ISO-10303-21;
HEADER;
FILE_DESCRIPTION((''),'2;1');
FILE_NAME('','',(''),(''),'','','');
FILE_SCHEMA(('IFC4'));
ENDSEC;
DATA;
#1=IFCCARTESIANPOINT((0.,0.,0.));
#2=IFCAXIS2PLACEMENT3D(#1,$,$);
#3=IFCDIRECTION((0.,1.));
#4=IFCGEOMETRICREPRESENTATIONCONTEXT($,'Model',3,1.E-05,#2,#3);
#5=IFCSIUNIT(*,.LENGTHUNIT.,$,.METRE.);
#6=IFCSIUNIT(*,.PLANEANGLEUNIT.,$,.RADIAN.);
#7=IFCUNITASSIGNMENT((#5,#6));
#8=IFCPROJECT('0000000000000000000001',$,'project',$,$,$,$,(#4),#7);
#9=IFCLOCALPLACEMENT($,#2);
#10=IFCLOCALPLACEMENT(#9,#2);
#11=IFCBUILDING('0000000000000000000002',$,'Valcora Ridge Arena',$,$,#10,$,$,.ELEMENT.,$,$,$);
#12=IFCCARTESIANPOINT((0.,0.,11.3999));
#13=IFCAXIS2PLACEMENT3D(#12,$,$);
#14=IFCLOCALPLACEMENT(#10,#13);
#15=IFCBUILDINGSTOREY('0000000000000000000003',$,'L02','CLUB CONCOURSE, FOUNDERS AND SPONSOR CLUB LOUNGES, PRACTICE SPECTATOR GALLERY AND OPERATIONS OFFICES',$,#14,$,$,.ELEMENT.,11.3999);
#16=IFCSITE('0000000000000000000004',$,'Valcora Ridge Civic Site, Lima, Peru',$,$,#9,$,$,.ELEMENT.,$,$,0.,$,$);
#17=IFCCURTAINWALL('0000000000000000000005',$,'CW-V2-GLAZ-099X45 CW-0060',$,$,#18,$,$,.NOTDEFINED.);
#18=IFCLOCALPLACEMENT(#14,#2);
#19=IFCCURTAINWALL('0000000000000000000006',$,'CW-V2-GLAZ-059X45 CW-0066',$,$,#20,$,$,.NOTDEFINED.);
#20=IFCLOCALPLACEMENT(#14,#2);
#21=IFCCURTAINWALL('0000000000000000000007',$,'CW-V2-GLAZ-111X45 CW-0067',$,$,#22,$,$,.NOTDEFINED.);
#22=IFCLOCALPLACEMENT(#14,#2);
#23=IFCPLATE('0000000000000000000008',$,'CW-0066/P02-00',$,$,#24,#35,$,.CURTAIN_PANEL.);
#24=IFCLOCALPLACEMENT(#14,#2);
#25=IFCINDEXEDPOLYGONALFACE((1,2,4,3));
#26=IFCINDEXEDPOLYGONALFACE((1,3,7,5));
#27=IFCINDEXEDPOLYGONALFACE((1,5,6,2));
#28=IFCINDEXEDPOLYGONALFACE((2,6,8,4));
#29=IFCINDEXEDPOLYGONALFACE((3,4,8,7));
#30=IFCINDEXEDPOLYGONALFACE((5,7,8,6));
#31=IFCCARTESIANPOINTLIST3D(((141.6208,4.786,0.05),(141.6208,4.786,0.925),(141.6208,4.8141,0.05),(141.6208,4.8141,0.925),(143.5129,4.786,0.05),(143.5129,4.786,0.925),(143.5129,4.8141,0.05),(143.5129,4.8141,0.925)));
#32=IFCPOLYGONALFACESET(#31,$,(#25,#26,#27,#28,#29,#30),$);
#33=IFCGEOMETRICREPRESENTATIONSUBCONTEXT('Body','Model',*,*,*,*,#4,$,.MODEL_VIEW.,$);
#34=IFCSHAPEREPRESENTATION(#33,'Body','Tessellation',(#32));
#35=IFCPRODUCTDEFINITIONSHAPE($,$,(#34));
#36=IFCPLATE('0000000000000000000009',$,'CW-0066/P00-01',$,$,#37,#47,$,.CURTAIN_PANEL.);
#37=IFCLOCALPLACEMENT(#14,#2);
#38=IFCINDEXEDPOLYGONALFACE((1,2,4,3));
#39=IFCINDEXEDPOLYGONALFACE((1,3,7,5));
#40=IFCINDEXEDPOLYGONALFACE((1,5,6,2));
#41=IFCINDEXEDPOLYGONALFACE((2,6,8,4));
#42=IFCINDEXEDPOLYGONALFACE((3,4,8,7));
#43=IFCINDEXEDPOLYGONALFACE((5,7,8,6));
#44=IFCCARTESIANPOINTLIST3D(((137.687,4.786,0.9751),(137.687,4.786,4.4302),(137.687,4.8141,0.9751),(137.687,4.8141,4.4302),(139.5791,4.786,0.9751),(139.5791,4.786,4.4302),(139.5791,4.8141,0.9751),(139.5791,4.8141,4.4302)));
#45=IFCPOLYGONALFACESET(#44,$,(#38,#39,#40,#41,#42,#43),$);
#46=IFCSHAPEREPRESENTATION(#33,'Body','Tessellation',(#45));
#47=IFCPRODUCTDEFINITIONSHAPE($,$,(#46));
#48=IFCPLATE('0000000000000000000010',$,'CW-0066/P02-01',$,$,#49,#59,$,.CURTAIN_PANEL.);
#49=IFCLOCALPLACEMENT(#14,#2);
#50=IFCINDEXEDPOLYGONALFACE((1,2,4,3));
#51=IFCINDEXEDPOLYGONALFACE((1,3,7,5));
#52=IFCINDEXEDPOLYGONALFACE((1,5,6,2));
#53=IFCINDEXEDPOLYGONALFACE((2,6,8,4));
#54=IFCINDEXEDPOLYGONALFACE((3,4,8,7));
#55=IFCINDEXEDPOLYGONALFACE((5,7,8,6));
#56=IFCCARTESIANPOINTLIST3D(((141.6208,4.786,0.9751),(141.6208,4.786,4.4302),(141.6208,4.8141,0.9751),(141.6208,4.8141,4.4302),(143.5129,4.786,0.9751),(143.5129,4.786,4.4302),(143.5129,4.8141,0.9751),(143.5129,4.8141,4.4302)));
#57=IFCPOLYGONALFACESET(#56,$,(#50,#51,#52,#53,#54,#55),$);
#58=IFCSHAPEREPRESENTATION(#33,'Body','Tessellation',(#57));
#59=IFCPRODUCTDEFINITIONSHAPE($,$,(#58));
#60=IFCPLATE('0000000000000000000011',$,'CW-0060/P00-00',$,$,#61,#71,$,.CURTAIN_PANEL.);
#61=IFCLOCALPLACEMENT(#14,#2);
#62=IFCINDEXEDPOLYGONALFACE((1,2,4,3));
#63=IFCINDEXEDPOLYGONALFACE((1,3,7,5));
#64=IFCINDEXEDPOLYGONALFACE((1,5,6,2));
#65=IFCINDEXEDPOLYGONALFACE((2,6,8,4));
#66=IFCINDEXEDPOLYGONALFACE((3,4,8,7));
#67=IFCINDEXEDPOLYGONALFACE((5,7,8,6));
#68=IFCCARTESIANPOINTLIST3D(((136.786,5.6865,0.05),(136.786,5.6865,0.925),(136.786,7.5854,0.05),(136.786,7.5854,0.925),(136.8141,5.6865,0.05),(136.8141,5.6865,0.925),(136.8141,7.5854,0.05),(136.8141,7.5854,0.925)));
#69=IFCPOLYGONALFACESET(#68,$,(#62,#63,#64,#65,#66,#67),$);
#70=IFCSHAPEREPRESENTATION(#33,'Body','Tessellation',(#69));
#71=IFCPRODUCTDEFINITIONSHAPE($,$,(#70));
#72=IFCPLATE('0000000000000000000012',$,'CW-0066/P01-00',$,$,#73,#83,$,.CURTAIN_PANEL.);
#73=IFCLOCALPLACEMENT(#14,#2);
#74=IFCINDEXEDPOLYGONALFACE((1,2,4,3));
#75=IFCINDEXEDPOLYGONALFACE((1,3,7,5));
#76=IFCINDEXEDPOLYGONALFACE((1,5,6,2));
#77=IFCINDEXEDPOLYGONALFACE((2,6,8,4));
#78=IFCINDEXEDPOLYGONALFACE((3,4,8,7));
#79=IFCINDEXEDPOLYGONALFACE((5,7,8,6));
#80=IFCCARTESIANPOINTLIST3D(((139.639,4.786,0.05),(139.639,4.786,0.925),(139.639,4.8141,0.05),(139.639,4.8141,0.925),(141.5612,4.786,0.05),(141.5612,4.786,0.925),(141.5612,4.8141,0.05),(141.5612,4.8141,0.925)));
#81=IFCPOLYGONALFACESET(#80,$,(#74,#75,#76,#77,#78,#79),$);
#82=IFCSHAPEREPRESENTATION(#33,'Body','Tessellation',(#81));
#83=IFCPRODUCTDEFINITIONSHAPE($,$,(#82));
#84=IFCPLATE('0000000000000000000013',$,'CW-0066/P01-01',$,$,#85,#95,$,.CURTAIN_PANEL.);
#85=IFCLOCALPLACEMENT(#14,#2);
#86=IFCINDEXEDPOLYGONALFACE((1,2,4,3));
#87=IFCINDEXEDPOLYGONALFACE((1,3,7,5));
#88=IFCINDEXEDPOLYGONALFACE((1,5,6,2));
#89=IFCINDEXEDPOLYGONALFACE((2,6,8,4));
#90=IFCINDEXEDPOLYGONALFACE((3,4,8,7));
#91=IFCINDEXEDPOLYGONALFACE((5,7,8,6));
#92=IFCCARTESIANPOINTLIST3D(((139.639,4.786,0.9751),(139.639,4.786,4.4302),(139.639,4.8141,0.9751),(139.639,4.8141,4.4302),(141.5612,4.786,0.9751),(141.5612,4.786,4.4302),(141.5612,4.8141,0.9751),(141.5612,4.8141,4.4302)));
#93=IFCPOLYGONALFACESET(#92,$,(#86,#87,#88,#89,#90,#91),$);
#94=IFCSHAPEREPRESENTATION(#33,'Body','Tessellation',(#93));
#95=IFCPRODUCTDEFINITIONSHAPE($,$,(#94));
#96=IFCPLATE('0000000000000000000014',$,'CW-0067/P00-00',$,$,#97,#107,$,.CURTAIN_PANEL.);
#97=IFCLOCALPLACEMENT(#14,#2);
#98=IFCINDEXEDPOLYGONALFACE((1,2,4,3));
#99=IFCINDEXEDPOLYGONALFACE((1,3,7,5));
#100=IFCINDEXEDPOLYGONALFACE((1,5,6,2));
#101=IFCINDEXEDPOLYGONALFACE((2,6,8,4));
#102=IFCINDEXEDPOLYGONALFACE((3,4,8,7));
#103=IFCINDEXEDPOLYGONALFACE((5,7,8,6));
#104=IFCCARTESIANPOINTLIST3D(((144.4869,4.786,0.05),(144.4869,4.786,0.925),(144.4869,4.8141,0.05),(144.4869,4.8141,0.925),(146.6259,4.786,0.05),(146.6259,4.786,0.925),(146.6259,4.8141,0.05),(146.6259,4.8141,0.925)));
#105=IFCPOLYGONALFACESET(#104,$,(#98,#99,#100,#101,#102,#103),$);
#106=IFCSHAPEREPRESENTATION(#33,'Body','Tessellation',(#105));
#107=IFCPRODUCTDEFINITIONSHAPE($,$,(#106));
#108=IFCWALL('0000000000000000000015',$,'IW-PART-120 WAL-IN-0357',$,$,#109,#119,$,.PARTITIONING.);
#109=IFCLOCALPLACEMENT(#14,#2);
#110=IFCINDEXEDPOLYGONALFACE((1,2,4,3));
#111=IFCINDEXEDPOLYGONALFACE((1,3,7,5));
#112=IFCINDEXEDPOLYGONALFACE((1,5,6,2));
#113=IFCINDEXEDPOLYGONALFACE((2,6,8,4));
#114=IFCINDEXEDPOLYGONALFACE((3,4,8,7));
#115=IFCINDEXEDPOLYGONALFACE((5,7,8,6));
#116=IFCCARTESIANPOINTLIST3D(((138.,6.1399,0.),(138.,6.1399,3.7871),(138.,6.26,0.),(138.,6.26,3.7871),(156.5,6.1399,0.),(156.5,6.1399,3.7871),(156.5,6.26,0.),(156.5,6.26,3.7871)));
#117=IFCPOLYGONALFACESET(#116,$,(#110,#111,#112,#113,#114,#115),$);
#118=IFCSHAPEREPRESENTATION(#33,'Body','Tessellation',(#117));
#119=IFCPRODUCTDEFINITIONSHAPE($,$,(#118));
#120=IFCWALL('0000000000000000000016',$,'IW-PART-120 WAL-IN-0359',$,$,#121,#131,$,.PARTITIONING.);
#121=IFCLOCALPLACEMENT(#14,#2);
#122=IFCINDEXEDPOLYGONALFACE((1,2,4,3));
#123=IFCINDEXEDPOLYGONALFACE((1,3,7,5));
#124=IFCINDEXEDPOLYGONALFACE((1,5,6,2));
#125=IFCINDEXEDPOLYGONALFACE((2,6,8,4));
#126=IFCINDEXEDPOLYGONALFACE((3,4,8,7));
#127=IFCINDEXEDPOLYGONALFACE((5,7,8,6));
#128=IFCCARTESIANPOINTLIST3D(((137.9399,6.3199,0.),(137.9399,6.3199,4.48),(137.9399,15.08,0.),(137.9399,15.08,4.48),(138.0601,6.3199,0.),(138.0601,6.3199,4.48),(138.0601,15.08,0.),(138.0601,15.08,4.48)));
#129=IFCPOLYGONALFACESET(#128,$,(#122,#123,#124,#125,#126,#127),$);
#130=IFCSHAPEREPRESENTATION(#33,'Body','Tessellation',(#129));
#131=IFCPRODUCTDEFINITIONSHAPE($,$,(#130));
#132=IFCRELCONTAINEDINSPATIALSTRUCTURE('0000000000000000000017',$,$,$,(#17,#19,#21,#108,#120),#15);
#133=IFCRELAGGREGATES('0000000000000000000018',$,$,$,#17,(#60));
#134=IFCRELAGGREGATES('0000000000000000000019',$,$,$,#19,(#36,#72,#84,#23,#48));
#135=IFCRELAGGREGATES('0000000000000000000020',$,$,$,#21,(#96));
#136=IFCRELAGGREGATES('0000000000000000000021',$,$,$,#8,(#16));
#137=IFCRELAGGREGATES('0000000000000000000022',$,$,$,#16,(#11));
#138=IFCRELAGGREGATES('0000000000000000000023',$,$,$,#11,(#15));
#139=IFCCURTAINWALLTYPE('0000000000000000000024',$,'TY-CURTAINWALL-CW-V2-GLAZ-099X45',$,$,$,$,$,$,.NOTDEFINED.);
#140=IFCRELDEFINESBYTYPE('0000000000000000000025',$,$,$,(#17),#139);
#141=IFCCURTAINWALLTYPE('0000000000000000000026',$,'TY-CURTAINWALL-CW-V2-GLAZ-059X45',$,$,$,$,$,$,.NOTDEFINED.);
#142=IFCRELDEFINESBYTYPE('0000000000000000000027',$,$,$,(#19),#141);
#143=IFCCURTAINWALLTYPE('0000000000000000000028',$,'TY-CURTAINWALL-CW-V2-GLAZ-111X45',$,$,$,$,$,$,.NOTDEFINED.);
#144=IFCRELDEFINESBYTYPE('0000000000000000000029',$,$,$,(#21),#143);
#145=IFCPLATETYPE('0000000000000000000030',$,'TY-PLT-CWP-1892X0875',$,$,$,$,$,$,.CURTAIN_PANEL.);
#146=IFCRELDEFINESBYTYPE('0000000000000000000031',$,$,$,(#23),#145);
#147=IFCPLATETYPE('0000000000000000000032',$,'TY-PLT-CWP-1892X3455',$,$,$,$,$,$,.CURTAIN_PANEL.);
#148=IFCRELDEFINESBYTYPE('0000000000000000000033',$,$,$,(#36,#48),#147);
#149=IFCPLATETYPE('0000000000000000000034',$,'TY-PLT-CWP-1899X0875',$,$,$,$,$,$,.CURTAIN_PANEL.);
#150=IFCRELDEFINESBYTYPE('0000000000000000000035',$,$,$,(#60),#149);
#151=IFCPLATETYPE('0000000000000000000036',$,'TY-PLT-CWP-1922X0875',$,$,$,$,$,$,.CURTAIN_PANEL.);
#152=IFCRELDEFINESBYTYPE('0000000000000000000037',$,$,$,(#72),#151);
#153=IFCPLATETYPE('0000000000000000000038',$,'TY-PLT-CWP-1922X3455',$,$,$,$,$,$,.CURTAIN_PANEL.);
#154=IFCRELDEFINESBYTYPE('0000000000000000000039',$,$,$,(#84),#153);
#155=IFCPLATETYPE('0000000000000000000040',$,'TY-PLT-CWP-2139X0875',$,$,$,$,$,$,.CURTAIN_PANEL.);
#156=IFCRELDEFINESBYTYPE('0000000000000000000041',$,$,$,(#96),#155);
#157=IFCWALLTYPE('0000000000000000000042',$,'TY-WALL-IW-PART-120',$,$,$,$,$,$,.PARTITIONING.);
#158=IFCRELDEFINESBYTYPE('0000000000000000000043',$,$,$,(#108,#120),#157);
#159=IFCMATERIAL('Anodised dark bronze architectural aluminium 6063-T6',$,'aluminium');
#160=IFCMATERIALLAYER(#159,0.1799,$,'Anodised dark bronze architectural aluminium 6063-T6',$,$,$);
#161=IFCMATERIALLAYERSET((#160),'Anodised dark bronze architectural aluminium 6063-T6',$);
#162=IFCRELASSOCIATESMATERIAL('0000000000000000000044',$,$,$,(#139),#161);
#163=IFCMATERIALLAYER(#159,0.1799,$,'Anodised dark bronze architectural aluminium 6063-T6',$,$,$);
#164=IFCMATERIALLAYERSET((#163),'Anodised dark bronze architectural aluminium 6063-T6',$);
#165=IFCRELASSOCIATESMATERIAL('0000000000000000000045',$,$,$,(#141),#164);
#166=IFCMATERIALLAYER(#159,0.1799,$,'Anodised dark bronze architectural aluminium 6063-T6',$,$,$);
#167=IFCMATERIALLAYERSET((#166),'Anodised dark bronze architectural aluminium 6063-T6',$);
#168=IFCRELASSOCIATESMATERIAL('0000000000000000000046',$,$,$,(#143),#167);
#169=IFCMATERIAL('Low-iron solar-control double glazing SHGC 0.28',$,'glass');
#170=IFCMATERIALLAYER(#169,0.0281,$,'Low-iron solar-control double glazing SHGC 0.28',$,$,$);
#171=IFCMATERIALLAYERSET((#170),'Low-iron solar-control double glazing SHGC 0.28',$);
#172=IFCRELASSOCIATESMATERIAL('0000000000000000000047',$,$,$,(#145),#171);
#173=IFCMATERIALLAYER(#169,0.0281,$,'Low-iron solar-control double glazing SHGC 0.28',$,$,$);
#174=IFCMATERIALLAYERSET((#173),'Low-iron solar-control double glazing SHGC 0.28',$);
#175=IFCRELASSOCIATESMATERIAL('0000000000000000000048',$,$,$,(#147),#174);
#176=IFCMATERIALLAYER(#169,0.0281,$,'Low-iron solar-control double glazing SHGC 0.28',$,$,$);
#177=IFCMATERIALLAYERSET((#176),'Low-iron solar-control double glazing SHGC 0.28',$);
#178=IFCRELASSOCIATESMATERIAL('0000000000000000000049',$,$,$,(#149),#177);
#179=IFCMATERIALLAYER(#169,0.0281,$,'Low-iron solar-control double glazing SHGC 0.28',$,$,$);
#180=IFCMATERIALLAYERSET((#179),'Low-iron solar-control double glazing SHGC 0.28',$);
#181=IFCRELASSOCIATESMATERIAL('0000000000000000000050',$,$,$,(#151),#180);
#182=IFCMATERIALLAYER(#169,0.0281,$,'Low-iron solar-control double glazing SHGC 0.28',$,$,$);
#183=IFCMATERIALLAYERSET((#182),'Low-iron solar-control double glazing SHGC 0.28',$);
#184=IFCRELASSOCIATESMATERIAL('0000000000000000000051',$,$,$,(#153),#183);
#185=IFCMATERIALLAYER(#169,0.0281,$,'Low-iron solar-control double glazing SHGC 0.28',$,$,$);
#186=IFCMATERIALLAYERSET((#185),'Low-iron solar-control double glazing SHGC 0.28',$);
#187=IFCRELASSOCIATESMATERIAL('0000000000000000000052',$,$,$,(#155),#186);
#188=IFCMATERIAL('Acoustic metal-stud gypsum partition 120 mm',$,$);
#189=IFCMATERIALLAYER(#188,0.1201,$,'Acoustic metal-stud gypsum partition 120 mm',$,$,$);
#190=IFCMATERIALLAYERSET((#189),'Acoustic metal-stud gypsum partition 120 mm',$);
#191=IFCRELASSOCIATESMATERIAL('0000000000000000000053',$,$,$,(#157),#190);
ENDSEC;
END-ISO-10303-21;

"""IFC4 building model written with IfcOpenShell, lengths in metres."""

from ifc_helpers import new_model, si_unit, direction, frame, frame_2d, origin, origin_2d, place, context, subcontext, project, spatial, rectangle, extrude, material, layer, layer_set, type_object, element, aggregate, save


model = new_model("IFC4")

# Units and contexts
model_context = context("Model", 3, precision=1e-05, world=origin(), true_north=direction((0.0, 1.0)))
body_context = subcontext(model_context, "Body", "Model", "MODEL_VIEW")
ifc_project = project(units=[si_unit("LENGTHUNIT", "METRE"), si_unit("PLANEANGLEUNIT", "RADIAN")], contexts=[model_context])

# Site, building, storey
site_placement = place(None, origin())
site = spatial("IfcSite", under=ifc_project, at=site_placement, Name="Valcora Ridge Civic Site, Lima, Peru", CompositionType="ELEMENT", RefElevation=0.0)
building_placement = place(site_placement, origin())
building = spatial("IfcBuilding", under=site, at=building_placement, Name="Valcora Ridge Arena", CompositionType="ELEMENT")
storey_placement = place(building_placement, frame((0.0, 0.0, 11.3999)))
storey = spatial("IfcBuildingStorey", under=building, at=storey_placement, Name="L02", Description="CLUB CONCOURSE, FOUNDERS AND SPONSOR CLUB LOUNGES, PRACTICE SPECTATOR GALLERY AND OPERATIONS OFFICES", CompositionType="ELEMENT", Elevation=11.3999)

# Curtain wall
ifc_material_1 = material(Name="Anodised dark bronze architectural aluminium 6063-T6", Category="aluminium")
ifc_layer_1 = layer(ifc_material_1, 0.1799, Name="Anodised dark bronze architectural aluminium 6063-T6")
ifc_layer_set_1 = layer_set([ifc_layer_1], Name="Anodised dark bronze architectural aluminium 6063-T6")
curtain_wall_type_1 = type_object("IfcCurtainWallType", Name="TY-CURTAINWALL-CW-V2-GLAZ-099X45", PredefinedType="NOTDEFINED", material=ifc_layer_set_1)
curtain_wall_1_placement = place(storey_placement, origin())
curtain_wall_1 = element("IfcCurtainWall", 1, at=curtain_wall_1_placement, inside=storey, type_object=curtain_wall_type_1, Name="CW-V2-GLAZ-099X45 CW-0060", PredefinedType="NOTDEFINED")

# Curtain wall
ifc_layer_2 = layer(ifc_material_1, 0.1799, Name="Anodised dark bronze architectural aluminium 6063-T6")
ifc_layer_set_2 = layer_set([ifc_layer_2], Name="Anodised dark bronze architectural aluminium 6063-T6")
curtain_wall_type_2 = type_object("IfcCurtainWallType", Name="TY-CURTAINWALL-CW-V2-GLAZ-059X45", PredefinedType="NOTDEFINED", material=ifc_layer_set_2)
curtain_wall_2_placement = place(storey_placement, origin())
curtain_wall_2 = element("IfcCurtainWall", 2, at=curtain_wall_2_placement, inside=storey, type_object=curtain_wall_type_2, Name="CW-V2-GLAZ-059X45 CW-0066", PredefinedType="NOTDEFINED")

# Curtain wall
ifc_layer_3 = layer(ifc_material_1, 0.1799, Name="Anodised dark bronze architectural aluminium 6063-T6")
ifc_layer_set_3 = layer_set([ifc_layer_3], Name="Anodised dark bronze architectural aluminium 6063-T6")
curtain_wall_type_3 = type_object("IfcCurtainWallType", Name="TY-CURTAINWALL-CW-V2-GLAZ-111X45", PredefinedType="NOTDEFINED", material=ifc_layer_set_3)
curtain_wall_3_placement = place(storey_placement, origin())
curtain_wall_3 = element("IfcCurtainWall", 3, at=curtain_wall_3_placement, inside=storey, type_object=curtain_wall_type_3, Name="CW-V2-GLAZ-111X45 CW-0067", PredefinedType="NOTDEFINED")

# Plates
ifc_material_2 = material(Name="Low-iron solar-control double glazing SHGC 0.28", Category="glass")
ifc_layer_4 = layer(ifc_material_2, 0.0281, Name="Low-iron solar-control double glazing SHGC 0.28")
ifc_layer_set_4 = layer_set([ifc_layer_4], Name="Low-iron solar-control double glazing SHGC 0.28")
plate_type_1 = type_object("IfcPlateType", Name="TY-PLT-CWP-1892X0875", PredefinedType="CURTAIN_PANEL", material=ifc_layer_set_4)
plate_1_placement = place(storey_placement, frame((142.5669, 4.8, 0.05), z_axis=(0.0, 0.0, 1.0), x_axis=(1.0, 0.0, 0.0)))
plate_1 = element("IfcPlate", 4, at=plate_1_placement, type_object=plate_type_1, Name="CW-0066/P02-00", PredefinedType="CURTAIN_PANEL", context=body_context, shape_type="SweptSolid", body=[
    extrude(rectangle(XDim=1.8921, YDim=0.0281, at=origin_2d()), origin(), (0.0, 0.0, 1.0), 0.875),
])
ifc_layer_5 = layer(ifc_material_2, 0.0281, Name="Low-iron solar-control double glazing SHGC 0.28")
ifc_layer_set_5 = layer_set([ifc_layer_5], Name="Low-iron solar-control double glazing SHGC 0.28")
plate_type_2 = type_object("IfcPlateType", Name="TY-PLT-CWP-1892X3455", PredefinedType="CURTAIN_PANEL", material=ifc_layer_set_5)
plate_2_placement = place(storey_placement, frame((138.6331, 4.8, 0.9751), z_axis=(0.0, 0.0, 1.0), x_axis=(1.0, 0.0, 0.0)))
plate_2 = element("IfcPlate", 5, at=plate_2_placement, type_object=plate_type_2, Name="CW-0066/P00-01", PredefinedType="CURTAIN_PANEL", context=body_context, shape_type="SweptSolid", body=[
    extrude(rectangle(XDim=1.8921, YDim=0.0281, at=origin_2d()), origin(), (0.0, 0.0, 1.0), 3.4551),
])
plate_3_placement = place(storey_placement, frame((142.5669, 4.8, 0.9751), z_axis=(0.0, 0.0, 1.0), x_axis=(1.0, 0.0, 0.0)))
plate_3 = element("IfcPlate", 6, at=plate_3_placement, type_object=plate_type_2, Name="CW-0066/P02-01", PredefinedType="CURTAIN_PANEL", context=body_context, shape_type="SweptSolid", body=[
    extrude(rectangle(XDim=1.8921, YDim=0.0281, at=origin_2d()), origin(), (0.0, 0.0, 1.0), 3.4551),
])
ifc_layer_6 = layer(ifc_material_2, 0.0281, Name="Low-iron solar-control double glazing SHGC 0.28")
ifc_layer_set_6 = layer_set([ifc_layer_6], Name="Low-iron solar-control double glazing SHGC 0.28")
plate_type_3 = type_object("IfcPlateType", Name="TY-PLT-CWP-1899X0875", PredefinedType="CURTAIN_PANEL", material=ifc_layer_set_6)
plate_4_placement = place(storey_placement, frame((136.8, 6.636, 0.05), z_axis=(0.0, 0.0, 1.0), x_axis=(0.0, 1.0, 0.0)))
plate_4 = element("IfcPlate", 7, at=plate_4_placement, type_object=plate_type_3, Name="CW-0060/P00-00", PredefinedType="CURTAIN_PANEL", context=body_context, shape_type="SweptSolid", body=[
    extrude(rectangle(XDim=1.8989, YDim=0.0281, at=origin_2d()), origin(), (0.0, 0.0, 1.0), 0.875),
])
aggregate(curtain_wall_1, [plate_4])
ifc_layer_7 = layer(ifc_material_2, 0.0281, Name="Low-iron solar-control double glazing SHGC 0.28")
ifc_layer_set_7 = layer_set([ifc_layer_7], Name="Low-iron solar-control double glazing SHGC 0.28")
plate_type_4 = type_object("IfcPlateType", Name="TY-PLT-CWP-1922X0875", PredefinedType="CURTAIN_PANEL", material=ifc_layer_set_7)
plate_5_placement = place(storey_placement, frame((140.6001, 4.8, 0.05), z_axis=(0.0, 0.0, 1.0), x_axis=(1.0, 0.0, 0.0)))
plate_5 = element("IfcPlate", 8, at=plate_5_placement, type_object=plate_type_4, Name="CW-0066/P01-00", PredefinedType="CURTAIN_PANEL", context=body_context, shape_type="SweptSolid", body=[
    extrude(rectangle(XDim=1.9221, YDim=0.0281, at=origin_2d()), origin(), (0.0, 0.0, 1.0), 0.875),
])
ifc_layer_8 = layer(ifc_material_2, 0.0281, Name="Low-iron solar-control double glazing SHGC 0.28")
ifc_layer_set_8 = layer_set([ifc_layer_8], Name="Low-iron solar-control double glazing SHGC 0.28")
plate_type_5 = type_object("IfcPlateType", Name="TY-PLT-CWP-1922X3455", PredefinedType="CURTAIN_PANEL", material=ifc_layer_set_8)
plate_6_placement = place(storey_placement, frame((140.6001, 4.8, 0.9751), z_axis=(0.0, 0.0, 1.0), x_axis=(1.0, 0.0, 0.0)))
plate_6 = element("IfcPlate", 9, at=plate_6_placement, type_object=plate_type_5, Name="CW-0066/P01-01", PredefinedType="CURTAIN_PANEL", context=body_context, shape_type="SweptSolid", body=[
    extrude(rectangle(XDim=1.9221, YDim=0.0281, at=origin_2d()), origin(), (0.0, 0.0, 1.0), 3.4551),
])
aggregate(curtain_wall_2, [plate_2, plate_5, plate_6, plate_1, plate_3])
ifc_layer_9 = layer(ifc_material_2, 0.0281, Name="Low-iron solar-control double glazing SHGC 0.28")
ifc_layer_set_9 = layer_set([ifc_layer_9], Name="Low-iron solar-control double glazing SHGC 0.28")
plate_type_6 = type_object("IfcPlateType", Name="TY-PLT-CWP-2139X0875", PredefinedType="CURTAIN_PANEL", material=ifc_layer_set_9)
plate_7_placement = place(storey_placement, frame((145.5564, 4.8, 0.05), z_axis=(0.0, 0.0, 1.0), x_axis=(1.0, 0.0, 0.0)))
plate_7 = element("IfcPlate", 10, at=plate_7_placement, type_object=plate_type_6, Name="CW-0067/P00-00", PredefinedType="CURTAIN_PANEL", context=body_context, shape_type="SweptSolid", body=[
    extrude(rectangle(XDim=2.1389, YDim=0.0281, at=origin_2d()), origin(), (0.0, 0.0, 1.0), 0.875),
])
aggregate(curtain_wall_3, [plate_7])

# Walls
ifc_material_3 = material(Name="Acoustic metal-stud gypsum partition 120 mm")
ifc_layer_10 = layer(ifc_material_3, 0.1201, Name="Acoustic metal-stud gypsum partition 120 mm")
ifc_layer_set_10 = layer_set([ifc_layer_10], Name="Acoustic metal-stud gypsum partition 120 mm")
wall_type = type_object("IfcWallType", Name="TY-WALL-IW-PART-120", PredefinedType="PARTITIONING", material=ifc_layer_set_10)
wall_1_placement = place(storey_placement, frame((138.0, 6.2, 0.0), z_axis=(0.0, 0.0, 1.0), x_axis=(1.0, 0.0, 0.0)))
element("IfcWall", 11, at=wall_1_placement, inside=storey, type_object=wall_type, Name="IW-PART-120 WAL-IN-0357", PredefinedType="PARTITIONING", context=body_context, shape_type="SweptSolid", body=[
    extrude(rectangle(XDim=18.5, YDim=0.1201, at=frame_2d((9.25, 0.0))), origin(), (0.0, 0.0, 1.0), 3.7871),
])
wall_2_placement = place(storey_placement, frame((138.0, 6.3201, 0.0), z_axis=(0.0, 0.0, 1.0), x_axis=(0.0, 1.0, 0.0)))
element("IfcWall", 12, at=wall_2_placement, inside=storey, type_object=wall_type, Name="IW-PART-120 WAL-IN-0359", PredefinedType="PARTITIONING", context=body_context, shape_type="SweptSolid", body=[
    extrude(rectangle(XDim=8.76, YDim=0.1201, at=frame_2d((4.3799, 0.0))), origin(), (0.0, 0.0, 1.0), 4.48),
])

save(model, "model.ifc")
